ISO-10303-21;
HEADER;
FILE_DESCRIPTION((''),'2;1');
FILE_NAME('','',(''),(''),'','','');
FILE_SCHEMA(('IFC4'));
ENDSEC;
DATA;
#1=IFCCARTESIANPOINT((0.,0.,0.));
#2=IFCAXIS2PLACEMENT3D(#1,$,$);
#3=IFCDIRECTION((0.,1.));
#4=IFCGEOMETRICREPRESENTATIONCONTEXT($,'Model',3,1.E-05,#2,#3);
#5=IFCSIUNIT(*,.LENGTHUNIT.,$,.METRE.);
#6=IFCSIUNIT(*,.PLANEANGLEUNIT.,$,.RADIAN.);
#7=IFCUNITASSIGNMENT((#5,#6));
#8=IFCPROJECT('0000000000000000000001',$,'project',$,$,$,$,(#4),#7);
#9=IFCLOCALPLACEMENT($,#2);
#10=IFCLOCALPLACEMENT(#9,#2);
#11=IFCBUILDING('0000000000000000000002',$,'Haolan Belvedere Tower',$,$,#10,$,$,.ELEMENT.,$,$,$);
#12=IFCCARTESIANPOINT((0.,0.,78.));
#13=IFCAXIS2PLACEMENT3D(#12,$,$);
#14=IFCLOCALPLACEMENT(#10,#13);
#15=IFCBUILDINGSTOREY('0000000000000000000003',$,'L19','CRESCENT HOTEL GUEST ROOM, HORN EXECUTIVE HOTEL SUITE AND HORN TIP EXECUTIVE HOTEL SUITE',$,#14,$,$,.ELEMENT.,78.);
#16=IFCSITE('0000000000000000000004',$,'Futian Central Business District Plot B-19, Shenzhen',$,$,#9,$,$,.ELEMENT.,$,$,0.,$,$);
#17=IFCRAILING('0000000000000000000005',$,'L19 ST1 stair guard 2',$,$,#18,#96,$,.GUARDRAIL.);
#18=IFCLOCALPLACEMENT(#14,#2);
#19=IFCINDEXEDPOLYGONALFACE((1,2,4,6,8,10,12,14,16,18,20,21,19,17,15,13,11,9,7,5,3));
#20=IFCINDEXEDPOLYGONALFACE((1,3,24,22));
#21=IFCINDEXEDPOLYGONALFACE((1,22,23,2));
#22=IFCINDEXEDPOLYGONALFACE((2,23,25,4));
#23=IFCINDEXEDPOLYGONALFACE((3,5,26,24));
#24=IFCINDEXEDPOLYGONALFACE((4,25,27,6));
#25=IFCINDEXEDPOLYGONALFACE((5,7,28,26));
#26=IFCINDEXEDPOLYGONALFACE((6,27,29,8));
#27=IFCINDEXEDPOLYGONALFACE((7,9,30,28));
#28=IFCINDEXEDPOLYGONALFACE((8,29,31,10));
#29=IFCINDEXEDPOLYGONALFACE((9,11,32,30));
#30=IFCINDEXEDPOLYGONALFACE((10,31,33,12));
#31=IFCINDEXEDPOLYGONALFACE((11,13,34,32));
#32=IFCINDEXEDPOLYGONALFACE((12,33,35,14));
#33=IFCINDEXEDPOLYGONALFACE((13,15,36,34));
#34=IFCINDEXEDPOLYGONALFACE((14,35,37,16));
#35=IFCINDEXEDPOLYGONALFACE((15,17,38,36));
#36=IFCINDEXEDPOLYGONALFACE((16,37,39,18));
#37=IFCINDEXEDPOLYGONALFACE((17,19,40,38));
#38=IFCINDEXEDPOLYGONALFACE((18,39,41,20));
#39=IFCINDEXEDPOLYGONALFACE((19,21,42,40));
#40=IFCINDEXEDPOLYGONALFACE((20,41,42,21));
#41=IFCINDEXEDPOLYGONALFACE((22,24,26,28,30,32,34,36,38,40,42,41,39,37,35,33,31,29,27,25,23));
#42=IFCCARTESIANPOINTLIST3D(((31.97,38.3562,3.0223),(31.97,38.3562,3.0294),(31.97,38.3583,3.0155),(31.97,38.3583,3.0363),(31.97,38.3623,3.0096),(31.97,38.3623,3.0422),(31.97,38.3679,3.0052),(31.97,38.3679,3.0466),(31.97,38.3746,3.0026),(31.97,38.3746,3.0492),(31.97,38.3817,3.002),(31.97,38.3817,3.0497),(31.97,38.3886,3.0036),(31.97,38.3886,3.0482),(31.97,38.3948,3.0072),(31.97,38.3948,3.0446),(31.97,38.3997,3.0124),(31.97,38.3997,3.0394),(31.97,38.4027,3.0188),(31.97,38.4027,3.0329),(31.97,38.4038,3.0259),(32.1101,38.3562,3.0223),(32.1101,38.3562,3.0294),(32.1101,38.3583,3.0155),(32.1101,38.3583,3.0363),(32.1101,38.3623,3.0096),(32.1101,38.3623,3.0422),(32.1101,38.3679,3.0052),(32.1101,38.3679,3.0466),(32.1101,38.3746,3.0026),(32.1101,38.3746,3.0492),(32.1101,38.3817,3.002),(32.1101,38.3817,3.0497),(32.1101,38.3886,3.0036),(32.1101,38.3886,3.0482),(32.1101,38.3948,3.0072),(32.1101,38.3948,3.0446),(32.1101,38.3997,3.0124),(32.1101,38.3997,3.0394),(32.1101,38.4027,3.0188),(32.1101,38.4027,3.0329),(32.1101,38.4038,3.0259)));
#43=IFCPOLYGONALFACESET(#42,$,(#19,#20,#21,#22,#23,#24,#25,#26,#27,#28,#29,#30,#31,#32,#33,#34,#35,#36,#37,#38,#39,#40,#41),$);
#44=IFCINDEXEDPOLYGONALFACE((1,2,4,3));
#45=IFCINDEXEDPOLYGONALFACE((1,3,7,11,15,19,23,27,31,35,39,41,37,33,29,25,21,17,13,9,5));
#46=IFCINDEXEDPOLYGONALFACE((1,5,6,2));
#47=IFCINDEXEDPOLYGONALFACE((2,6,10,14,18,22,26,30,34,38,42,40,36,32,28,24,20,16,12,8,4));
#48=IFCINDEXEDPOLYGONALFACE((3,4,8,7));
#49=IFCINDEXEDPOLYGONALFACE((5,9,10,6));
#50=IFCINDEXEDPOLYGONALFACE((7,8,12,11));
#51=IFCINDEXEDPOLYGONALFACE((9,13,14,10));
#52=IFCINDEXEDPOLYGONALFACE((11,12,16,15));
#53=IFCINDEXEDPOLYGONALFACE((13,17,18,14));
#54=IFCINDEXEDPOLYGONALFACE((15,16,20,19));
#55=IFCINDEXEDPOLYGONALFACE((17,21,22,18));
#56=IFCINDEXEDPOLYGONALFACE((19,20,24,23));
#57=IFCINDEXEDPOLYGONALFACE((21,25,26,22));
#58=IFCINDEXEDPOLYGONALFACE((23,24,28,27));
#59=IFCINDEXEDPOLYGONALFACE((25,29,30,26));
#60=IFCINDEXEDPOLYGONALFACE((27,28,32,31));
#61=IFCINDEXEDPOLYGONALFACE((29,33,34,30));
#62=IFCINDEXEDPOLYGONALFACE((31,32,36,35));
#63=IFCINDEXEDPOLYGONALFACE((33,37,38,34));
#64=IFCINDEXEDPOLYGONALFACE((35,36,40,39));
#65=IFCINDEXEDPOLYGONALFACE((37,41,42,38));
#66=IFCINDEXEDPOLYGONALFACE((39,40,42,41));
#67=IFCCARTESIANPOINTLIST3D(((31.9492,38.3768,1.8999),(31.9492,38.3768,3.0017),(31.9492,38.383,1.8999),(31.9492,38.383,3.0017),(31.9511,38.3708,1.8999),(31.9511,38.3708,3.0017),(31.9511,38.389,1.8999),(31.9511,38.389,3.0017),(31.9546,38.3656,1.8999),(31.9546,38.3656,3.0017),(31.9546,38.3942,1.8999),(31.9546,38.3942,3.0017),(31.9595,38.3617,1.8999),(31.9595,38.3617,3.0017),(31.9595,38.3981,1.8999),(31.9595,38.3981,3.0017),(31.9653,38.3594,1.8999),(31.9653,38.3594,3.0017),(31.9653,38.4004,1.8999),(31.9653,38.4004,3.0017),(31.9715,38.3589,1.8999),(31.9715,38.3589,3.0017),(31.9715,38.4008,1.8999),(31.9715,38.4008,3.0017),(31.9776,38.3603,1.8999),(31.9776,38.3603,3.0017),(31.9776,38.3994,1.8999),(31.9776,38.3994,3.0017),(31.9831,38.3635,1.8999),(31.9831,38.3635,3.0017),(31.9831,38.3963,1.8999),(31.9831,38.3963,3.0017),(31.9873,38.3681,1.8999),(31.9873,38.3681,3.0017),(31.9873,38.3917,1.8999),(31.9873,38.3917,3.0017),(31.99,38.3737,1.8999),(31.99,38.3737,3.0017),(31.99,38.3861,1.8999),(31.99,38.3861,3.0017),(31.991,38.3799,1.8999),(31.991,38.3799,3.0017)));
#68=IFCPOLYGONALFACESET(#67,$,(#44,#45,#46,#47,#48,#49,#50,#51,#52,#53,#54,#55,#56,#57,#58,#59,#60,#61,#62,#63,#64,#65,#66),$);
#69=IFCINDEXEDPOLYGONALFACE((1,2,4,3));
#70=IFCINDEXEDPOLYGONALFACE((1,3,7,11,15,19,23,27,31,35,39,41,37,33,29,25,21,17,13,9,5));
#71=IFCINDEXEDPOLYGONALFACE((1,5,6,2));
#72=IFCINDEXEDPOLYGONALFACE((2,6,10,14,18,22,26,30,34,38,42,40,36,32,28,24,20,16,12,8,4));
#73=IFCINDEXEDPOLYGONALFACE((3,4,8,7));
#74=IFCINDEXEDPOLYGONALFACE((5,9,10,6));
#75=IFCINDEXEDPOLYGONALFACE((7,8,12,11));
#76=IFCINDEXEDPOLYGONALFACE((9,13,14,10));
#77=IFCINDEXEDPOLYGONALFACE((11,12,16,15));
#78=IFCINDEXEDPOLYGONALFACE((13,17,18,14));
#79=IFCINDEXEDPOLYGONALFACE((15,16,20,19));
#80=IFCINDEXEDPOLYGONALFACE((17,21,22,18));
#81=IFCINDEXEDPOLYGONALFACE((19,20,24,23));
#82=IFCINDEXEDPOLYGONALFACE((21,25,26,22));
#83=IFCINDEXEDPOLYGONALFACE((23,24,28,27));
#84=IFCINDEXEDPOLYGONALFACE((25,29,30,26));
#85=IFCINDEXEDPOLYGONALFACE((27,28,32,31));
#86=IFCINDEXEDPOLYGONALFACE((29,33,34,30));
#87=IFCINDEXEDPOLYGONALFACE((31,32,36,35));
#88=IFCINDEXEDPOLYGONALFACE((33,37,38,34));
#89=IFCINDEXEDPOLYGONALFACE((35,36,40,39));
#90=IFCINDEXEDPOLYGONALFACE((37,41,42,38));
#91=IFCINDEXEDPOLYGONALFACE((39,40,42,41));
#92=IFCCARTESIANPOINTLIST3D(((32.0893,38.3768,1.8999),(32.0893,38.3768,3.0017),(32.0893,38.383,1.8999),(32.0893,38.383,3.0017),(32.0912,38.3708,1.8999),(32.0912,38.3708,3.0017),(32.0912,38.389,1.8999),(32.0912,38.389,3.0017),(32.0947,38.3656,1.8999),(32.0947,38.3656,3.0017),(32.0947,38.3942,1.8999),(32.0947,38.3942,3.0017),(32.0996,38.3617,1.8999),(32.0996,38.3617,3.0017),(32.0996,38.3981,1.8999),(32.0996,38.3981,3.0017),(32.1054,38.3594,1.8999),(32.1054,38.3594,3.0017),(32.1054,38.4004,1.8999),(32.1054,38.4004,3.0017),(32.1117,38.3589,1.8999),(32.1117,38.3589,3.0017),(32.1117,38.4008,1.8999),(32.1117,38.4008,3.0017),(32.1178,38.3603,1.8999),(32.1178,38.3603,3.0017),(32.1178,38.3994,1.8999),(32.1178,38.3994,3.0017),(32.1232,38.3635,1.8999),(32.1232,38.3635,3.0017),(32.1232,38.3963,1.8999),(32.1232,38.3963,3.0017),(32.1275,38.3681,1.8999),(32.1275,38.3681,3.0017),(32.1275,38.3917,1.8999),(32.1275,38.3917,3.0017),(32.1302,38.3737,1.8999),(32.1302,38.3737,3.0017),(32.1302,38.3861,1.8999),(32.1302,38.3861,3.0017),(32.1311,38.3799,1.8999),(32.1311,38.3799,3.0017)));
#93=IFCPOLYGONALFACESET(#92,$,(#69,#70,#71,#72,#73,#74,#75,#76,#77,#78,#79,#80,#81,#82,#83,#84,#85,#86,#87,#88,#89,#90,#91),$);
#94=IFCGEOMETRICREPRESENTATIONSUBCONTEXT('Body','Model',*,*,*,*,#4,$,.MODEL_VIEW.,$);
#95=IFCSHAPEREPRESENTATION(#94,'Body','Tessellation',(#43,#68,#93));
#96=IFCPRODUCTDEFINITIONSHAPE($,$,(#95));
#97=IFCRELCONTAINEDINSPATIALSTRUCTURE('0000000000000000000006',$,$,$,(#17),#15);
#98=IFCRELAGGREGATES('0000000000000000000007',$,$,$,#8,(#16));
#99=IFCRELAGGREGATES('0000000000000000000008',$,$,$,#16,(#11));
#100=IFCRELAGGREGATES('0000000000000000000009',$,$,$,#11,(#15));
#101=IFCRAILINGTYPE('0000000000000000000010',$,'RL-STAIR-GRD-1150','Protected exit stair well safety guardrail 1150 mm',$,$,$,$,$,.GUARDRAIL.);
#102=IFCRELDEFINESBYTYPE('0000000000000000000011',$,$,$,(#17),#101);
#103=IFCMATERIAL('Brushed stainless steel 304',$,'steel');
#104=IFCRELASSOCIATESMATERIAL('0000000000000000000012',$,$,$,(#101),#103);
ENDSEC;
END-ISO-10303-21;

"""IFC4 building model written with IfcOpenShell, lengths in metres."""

from ifc_helpers import new_model, si_unit, direction, frame, origin, origin_2d, place, context, subcontext, project, spatial, circle, extrude, material, type_object, element, save


model = new_model("IFC4")

# Units and contexts
model_context = context("Model", 3, precision=1e-05, world=origin(), true_north=direction((0.0, 1.0)))
body_context = subcontext(model_context, "Body", "Model", "MODEL_VIEW")
ifc_project = project(units=[si_unit("LENGTHUNIT", "METRE"), si_unit("PLANEANGLEUNIT", "RADIAN")], contexts=[model_context])

# Site, building, storey
site_placement = place(None, origin())
site = spatial("IfcSite", under=ifc_project, at=site_placement, Name="Futian Central Business District Plot B-19, Shenzhen", CompositionType="ELEMENT", RefElevation=0.0)
building_placement = place(site_placement, origin())
building = spatial("IfcBuilding", under=site, at=building_placement, Name="Haolan Belvedere Tower", CompositionType="ELEMENT")
storey_placement = place(building_placement, frame((0.0, 0.0, 78.0)))
storey = spatial("IfcBuildingStorey", under=building, at=storey_placement, Name="L19", Description="CRESCENT HOTEL GUEST ROOM, HORN EXECUTIVE HOTEL SUITE AND HORN TIP EXECUTIVE HOTEL SUITE", CompositionType="ELEMENT", Elevation=78.0)

# Railing
ifc_material_1 = material(Name="Brushed stainless steel 304", Category="steel")
railing_type_1 = type_object("IfcRailingType", Name="RL-STAIR-GRD-1150", Description="Protected exit stair well safety guardrail 1150 mm", PredefinedType="GUARDRAIL", material=ifc_material_1)
railing_1_placement = place(storey_placement, frame((31.97, 38.3799, 1.8999)))
element("IfcRailing", 1, at=railing_1_placement, inside=storey, type_object=railing_type_1, Name="L19 ST1 stair guard 2", PredefinedType="GUARDRAIL", context=body_context, shape_type="SweptSolid", body=[
    extrude(circle(Radius=0.0239, at=origin_2d()), frame((0.0, 0.0, 1.126), z_axis=(1.0, 0.0, 0.0), x_axis=(0.0, 1.0, 0.0)), (0.0, 0.0, 1.0), 0.1401),
    extrude(circle(Radius=0.021, at=origin_2d()), origin(), (0.0, 0.0, 1.0), 1.1018),
    extrude(circle(Radius=0.021, at=origin_2d()), frame((0.1401, 0.0, 0.0)), (0.0, 0.0, 1.0), 1.1018),
])

save(model, "model.ifc")
